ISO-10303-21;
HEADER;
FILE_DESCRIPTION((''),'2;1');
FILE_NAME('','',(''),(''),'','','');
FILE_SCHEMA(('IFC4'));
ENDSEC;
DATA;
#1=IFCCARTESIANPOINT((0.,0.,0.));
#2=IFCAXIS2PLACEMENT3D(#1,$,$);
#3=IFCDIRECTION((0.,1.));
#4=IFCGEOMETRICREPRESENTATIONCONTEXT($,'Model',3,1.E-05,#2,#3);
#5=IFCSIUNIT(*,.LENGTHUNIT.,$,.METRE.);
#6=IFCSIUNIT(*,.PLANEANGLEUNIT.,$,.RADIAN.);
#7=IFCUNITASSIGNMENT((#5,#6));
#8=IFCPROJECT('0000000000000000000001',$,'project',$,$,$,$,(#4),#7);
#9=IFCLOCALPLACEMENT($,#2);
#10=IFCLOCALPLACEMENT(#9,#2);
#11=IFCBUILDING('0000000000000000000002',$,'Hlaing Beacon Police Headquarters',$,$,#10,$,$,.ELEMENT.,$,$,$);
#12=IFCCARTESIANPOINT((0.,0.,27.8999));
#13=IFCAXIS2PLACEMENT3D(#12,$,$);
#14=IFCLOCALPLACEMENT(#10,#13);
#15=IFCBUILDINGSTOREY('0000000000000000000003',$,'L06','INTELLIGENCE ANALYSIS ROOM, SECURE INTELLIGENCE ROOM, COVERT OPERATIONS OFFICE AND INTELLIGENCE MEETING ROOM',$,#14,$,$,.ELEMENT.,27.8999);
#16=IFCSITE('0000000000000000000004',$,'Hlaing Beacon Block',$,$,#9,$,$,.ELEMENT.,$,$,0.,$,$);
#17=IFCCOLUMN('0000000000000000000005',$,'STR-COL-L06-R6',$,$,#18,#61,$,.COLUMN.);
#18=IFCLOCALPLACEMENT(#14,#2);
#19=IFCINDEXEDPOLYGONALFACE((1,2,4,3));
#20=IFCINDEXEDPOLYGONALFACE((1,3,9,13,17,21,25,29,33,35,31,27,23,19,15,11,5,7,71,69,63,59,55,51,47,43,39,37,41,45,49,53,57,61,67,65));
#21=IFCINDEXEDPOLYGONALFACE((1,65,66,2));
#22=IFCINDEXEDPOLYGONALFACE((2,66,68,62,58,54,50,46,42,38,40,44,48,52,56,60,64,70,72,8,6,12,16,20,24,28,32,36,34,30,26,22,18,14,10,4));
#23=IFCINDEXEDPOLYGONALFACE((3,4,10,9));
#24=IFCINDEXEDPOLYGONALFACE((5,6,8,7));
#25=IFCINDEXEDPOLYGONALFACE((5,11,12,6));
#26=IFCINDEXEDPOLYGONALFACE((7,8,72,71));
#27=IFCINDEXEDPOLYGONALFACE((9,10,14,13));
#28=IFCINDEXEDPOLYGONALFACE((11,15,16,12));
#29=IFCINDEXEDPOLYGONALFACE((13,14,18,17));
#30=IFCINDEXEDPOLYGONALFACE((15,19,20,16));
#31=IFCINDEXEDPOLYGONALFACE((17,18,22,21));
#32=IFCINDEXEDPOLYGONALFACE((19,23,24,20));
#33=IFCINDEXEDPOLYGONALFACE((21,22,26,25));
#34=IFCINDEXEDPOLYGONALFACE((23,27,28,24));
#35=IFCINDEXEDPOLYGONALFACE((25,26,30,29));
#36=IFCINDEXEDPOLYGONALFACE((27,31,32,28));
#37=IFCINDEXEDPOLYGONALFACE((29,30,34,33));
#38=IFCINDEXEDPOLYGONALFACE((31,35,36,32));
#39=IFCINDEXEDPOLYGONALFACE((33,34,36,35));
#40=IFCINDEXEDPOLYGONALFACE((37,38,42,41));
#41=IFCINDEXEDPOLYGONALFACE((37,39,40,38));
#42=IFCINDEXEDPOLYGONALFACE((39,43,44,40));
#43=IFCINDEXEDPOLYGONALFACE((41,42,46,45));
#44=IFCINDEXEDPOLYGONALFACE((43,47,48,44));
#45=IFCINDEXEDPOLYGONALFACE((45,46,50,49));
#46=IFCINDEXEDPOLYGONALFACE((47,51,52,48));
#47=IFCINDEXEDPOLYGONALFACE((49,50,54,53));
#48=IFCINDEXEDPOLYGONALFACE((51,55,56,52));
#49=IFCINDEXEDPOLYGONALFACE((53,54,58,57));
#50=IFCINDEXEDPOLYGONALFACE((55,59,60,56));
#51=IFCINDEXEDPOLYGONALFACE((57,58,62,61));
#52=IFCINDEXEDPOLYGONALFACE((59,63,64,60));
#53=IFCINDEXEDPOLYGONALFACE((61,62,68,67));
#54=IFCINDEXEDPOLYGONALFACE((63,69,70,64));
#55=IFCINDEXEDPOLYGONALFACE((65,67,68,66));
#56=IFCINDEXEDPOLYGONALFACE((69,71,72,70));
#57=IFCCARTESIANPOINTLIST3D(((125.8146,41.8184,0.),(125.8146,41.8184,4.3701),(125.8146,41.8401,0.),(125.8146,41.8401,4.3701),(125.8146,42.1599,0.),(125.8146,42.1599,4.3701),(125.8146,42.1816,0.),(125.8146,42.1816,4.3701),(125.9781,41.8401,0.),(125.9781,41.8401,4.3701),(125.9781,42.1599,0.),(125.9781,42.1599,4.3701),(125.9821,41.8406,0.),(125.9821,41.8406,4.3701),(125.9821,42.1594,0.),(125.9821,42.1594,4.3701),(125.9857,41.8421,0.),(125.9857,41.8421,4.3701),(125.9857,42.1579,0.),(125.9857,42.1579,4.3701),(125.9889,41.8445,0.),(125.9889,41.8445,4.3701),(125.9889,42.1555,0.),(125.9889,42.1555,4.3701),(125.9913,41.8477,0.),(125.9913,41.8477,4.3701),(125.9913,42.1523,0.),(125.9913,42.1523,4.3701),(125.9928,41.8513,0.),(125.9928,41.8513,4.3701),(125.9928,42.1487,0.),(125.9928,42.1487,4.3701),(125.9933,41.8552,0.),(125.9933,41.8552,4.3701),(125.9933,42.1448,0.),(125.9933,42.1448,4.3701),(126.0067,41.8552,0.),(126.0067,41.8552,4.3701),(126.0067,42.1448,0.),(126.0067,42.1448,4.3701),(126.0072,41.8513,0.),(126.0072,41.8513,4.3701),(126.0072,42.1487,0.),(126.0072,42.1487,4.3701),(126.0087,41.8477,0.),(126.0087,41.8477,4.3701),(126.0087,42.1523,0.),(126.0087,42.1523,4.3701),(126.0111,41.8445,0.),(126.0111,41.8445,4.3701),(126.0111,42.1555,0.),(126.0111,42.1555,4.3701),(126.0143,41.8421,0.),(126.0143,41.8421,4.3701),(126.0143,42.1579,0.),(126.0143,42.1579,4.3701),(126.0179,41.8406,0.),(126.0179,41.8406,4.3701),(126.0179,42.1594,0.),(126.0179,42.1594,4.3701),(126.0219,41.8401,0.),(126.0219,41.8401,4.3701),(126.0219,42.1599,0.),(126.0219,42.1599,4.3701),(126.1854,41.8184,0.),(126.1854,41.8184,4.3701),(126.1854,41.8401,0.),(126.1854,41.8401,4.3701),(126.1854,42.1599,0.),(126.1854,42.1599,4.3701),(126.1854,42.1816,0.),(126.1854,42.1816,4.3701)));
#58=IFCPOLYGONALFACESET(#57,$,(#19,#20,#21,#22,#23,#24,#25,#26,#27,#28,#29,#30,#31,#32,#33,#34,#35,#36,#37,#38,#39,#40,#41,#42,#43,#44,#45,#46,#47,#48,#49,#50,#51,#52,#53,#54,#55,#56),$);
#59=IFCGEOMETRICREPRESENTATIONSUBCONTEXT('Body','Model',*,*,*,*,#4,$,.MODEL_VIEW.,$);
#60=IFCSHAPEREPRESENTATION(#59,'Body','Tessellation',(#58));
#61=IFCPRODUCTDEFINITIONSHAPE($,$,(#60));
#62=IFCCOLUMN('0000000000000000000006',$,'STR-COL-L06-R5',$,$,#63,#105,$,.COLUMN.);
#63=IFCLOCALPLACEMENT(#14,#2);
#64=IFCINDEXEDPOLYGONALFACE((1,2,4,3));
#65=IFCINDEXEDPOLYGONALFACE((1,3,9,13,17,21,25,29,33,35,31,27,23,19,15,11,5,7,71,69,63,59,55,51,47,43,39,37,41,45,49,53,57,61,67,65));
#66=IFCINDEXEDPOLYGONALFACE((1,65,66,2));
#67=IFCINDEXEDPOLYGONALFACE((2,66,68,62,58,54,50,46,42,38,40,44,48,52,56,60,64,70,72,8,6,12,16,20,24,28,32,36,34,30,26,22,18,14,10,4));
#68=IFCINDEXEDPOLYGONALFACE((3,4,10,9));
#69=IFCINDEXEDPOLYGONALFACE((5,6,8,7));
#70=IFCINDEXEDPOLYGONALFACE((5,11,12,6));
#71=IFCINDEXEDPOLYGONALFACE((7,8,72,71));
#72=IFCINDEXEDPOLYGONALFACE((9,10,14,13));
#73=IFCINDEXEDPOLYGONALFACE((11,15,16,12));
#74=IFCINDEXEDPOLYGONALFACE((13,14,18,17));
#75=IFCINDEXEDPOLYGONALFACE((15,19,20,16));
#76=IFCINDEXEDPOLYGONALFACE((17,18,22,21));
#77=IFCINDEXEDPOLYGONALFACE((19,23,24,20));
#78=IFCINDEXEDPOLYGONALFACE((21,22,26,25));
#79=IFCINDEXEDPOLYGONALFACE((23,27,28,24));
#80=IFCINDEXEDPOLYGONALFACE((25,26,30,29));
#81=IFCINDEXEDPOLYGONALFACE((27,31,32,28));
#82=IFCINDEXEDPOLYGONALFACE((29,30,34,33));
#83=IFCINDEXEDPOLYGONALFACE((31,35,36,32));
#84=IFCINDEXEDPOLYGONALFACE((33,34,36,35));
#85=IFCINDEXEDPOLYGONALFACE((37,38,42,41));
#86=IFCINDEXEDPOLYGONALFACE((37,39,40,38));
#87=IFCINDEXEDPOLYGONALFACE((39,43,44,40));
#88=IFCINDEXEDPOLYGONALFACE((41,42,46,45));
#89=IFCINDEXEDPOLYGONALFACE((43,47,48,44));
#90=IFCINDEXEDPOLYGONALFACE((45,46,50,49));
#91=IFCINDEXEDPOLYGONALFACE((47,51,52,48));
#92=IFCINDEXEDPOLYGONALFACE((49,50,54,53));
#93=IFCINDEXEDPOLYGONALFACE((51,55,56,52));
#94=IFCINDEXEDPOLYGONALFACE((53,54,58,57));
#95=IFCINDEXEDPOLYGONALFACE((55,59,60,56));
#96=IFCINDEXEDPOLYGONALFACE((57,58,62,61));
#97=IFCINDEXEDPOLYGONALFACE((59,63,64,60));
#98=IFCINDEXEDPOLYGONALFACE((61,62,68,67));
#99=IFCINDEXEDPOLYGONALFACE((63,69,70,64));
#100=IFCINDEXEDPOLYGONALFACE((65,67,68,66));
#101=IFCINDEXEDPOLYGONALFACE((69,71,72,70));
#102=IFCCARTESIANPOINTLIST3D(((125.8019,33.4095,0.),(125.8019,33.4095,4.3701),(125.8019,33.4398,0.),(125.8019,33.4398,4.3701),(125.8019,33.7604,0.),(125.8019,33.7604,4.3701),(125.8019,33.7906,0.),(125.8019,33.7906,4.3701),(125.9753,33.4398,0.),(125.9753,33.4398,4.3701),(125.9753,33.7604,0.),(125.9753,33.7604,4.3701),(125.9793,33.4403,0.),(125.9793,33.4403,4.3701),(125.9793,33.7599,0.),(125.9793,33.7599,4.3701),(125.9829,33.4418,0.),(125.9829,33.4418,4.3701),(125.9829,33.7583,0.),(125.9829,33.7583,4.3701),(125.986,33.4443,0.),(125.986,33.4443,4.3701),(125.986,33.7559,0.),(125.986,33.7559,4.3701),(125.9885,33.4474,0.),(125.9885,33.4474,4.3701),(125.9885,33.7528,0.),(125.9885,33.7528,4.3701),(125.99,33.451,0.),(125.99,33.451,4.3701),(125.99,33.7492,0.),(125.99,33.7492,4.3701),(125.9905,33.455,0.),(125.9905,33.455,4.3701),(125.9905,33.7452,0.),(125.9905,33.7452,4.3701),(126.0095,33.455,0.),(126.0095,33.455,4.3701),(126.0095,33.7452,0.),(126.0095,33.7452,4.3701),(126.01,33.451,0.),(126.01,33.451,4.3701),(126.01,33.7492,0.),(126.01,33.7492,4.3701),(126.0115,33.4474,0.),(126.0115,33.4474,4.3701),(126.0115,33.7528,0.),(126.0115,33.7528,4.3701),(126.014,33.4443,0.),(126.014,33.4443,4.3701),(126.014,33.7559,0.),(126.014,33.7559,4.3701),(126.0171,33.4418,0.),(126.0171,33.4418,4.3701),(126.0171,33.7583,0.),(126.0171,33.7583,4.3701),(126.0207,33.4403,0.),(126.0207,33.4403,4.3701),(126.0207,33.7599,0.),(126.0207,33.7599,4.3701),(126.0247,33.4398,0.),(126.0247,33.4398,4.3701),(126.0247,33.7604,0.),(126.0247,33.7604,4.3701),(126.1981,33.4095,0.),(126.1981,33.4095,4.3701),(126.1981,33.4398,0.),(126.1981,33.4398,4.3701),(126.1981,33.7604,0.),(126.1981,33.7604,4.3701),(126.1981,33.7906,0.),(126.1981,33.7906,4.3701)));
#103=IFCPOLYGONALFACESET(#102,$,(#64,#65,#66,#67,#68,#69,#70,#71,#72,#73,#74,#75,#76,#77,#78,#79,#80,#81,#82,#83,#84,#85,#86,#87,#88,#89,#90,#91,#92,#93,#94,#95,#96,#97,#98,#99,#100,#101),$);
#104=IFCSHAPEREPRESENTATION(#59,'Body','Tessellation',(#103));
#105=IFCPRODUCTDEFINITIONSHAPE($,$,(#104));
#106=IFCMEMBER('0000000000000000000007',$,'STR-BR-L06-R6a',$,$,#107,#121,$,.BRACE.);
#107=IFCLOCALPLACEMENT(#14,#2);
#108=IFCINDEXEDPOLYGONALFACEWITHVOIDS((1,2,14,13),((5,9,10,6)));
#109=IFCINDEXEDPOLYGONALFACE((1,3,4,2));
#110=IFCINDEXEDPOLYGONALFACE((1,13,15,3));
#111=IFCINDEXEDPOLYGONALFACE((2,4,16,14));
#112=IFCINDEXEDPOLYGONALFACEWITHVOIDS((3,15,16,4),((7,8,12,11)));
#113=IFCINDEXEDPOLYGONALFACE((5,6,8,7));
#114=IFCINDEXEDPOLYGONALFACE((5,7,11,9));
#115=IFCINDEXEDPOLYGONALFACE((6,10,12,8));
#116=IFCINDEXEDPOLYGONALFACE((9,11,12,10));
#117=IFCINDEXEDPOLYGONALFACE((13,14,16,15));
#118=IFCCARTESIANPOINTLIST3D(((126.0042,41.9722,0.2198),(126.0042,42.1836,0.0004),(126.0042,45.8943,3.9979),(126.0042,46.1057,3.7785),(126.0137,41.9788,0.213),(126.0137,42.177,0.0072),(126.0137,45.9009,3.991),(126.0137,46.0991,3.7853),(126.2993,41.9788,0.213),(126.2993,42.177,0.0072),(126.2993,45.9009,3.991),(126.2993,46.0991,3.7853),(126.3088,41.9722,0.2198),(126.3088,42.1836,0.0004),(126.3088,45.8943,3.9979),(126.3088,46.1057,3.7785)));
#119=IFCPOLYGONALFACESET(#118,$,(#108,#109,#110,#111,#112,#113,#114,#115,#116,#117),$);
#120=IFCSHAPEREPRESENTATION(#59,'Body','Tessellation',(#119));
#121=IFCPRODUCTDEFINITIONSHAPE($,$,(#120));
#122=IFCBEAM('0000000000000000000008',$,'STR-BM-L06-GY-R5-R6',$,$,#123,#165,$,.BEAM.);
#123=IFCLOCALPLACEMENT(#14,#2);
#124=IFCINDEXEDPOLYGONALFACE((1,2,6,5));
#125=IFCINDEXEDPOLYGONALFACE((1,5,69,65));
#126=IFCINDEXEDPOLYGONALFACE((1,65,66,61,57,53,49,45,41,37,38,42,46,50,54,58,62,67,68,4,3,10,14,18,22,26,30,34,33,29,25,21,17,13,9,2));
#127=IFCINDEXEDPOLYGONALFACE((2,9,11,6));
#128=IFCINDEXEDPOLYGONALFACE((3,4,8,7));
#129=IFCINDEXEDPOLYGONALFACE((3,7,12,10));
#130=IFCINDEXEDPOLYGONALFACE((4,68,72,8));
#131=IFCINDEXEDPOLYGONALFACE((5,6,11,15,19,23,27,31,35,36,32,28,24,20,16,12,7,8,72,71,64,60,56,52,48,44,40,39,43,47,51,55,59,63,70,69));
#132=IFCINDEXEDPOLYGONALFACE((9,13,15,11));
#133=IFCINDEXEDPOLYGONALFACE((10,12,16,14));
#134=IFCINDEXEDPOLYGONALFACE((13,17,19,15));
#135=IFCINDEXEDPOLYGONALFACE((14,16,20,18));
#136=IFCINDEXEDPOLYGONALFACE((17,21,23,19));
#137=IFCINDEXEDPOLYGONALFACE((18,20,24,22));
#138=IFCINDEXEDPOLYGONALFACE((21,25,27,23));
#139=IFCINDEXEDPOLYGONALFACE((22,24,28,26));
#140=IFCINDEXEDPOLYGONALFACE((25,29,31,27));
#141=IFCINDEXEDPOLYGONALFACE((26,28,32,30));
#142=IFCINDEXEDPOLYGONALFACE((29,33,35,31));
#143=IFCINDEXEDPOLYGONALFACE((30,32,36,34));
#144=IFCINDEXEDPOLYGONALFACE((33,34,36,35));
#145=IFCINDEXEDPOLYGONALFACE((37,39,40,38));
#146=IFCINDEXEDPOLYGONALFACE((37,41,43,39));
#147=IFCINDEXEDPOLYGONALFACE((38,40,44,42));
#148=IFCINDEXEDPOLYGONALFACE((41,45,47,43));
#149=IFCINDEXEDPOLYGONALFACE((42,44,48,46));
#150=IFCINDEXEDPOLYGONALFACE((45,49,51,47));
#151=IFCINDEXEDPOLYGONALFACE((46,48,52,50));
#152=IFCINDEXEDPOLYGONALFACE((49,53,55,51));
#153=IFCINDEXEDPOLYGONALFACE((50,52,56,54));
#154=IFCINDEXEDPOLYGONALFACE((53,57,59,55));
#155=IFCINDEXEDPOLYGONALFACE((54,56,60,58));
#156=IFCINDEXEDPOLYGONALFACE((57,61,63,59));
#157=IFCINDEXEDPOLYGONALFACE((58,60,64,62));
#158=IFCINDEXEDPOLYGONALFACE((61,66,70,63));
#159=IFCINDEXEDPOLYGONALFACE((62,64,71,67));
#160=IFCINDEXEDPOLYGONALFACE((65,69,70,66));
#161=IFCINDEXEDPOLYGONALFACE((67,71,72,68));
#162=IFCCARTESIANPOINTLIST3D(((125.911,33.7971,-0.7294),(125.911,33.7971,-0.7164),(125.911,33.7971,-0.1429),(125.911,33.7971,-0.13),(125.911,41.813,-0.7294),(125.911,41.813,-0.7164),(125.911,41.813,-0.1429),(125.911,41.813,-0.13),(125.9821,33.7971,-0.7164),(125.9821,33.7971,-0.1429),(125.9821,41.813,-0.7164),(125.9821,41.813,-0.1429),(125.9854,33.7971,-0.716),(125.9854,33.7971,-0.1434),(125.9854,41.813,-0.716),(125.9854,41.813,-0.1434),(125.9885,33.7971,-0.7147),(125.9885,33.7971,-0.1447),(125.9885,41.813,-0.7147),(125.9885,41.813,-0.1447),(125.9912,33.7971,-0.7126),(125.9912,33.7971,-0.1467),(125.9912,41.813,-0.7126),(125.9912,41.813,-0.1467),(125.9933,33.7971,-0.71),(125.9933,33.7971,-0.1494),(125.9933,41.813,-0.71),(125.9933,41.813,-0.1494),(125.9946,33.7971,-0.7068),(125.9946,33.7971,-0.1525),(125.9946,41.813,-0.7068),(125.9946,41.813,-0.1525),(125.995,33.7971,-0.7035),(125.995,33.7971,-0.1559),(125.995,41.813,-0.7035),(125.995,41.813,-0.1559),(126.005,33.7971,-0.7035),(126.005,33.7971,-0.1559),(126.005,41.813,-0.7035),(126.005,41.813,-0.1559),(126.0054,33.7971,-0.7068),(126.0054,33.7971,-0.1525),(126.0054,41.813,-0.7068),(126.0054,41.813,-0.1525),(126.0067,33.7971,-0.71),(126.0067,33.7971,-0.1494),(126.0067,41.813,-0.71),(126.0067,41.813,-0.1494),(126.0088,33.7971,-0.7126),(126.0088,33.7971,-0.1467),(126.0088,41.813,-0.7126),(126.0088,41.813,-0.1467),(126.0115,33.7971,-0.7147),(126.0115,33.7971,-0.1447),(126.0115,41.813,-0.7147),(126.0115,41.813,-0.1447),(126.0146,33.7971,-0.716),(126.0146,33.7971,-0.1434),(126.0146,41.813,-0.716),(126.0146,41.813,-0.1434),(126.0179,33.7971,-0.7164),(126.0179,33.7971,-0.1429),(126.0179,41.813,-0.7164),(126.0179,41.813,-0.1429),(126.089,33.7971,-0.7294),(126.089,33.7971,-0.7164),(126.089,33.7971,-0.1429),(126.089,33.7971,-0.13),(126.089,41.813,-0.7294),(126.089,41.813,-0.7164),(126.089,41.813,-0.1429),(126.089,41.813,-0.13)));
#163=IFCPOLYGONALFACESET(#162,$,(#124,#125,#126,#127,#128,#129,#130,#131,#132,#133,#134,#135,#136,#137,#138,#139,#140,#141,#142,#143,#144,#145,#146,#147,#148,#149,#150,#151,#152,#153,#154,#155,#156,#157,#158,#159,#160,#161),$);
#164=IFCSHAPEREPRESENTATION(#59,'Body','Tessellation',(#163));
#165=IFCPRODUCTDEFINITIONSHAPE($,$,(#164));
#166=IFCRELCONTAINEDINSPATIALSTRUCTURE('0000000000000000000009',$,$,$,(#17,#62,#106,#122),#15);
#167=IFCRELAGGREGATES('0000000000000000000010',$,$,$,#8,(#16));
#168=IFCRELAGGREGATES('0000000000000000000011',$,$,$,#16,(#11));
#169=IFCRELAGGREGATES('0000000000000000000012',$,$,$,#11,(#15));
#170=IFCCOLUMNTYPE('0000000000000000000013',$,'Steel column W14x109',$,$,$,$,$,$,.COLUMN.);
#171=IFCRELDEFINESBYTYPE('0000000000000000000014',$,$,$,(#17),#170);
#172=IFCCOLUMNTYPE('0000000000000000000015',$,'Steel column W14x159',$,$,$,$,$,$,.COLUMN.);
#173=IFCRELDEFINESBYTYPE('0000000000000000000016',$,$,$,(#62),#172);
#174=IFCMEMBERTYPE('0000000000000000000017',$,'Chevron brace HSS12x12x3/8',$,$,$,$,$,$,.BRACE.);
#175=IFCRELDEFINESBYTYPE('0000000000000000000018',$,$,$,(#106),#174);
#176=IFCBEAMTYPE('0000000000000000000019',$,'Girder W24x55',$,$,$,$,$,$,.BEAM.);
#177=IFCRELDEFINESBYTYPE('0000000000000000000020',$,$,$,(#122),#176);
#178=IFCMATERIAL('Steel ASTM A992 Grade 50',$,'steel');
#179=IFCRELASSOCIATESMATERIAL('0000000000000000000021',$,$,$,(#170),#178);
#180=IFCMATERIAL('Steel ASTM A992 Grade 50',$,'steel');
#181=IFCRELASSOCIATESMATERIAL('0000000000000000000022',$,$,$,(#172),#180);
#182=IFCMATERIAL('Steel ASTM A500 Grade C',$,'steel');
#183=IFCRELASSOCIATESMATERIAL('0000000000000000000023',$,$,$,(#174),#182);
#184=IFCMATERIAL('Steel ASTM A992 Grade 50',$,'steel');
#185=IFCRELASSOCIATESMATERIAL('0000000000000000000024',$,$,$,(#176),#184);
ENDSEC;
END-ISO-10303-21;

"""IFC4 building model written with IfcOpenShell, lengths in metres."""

from ifc_helpers import new_model, si_unit, direction, frame, origin, origin_2d, place, context, subcontext, project, spatial, hollow_rectangle, i_section, extrude, material, material_profile, profile_set, type_object, element, save


model = new_model("IFC4")

# Units and contexts
model_context = context("Model", 3, precision=1e-05, world=origin(), true_north=direction((0.0, 1.0)))
body_context = subcontext(model_context, "Body", "Model", "MODEL_VIEW")
ifc_project = project(units=[si_unit("LENGTHUNIT", "METRE"), si_unit("PLANEANGLEUNIT", "RADIAN")], contexts=[model_context])

# Site, building, storey
site_placement = place(None, origin())
site = spatial("IfcSite", under=ifc_project, at=site_placement, Name="Hlaing Beacon Block", CompositionType="ELEMENT", RefElevation=0.0)
building_placement = place(site_placement, origin())
building = spatial("IfcBuilding", under=site, at=building_placement, Name="Hlaing Beacon Police Headquarters", CompositionType="ELEMENT")
storey_placement = place(building_placement, frame((0.0, 0.0, 27.8999)))
storey = spatial("IfcBuildingStorey", under=building, at=storey_placement, Name="L06", Description="INTELLIGENCE ANALYSIS ROOM, SECURE INTELLIGENCE ROOM, COVERT OPERATIONS OFFICE AND INTELLIGENCE MEETING ROOM", CompositionType="ELEMENT", Elevation=27.8999)

# Columns
ifc_material_1 = material(Name="Steel ASTM A992 Grade 50", Category="steel")
ifc_material_profile_1 = material_profile(ifc_material_1, i_section(OverallWidth=0.3708, OverallDepth=0.3633, WebThickness=0.0134, FlangeThickness=0.0217, FilletRadius=0.0151, at=origin_2d()), Name="W14x109")
ifc_profile_set_1 = profile_set([ifc_material_profile_1], Name="Steel ASTM A992 Grade 50")
column_type_1 = type_object("IfcColumnType", Name="Steel column W14x109", PredefinedType="COLUMN", material=ifc_profile_set_1)
column_1_placement = place(storey_placement, frame((126.0, 42.0, 0.0), z_axis=(0.0, 0.0, 1.0), x_axis=(1.0, 0.0, 0.0)))
element("IfcColumn", 1, at=column_1_placement, inside=storey, type_object=column_type_1, Name="STR-COL-L06-R6", PredefinedType="COLUMN", context=body_context, shape_type="SweptSolid", body=[
    extrude(i_section(OverallWidth=0.3708, OverallDepth=0.3633, WebThickness=0.0134, FlangeThickness=0.0217, FilletRadius=0.0151, at=origin_2d()), origin(), (0.0, 0.0, 1.0), 4.3701),
])
ifc_material_2 = material(Name="Steel ASTM A992 Grade 50", Category="steel")
ifc_material_profile_2 = material_profile(ifc_material_2, i_section(OverallWidth=0.3962, OverallDepth=0.3811, WebThickness=0.019, FlangeThickness=0.0303, FilletRadius=0.0151, at=origin_2d()), Name="W14x159")
ifc_profile_set_2 = profile_set([ifc_material_profile_2], Name="Steel ASTM A992 Grade 50")
column_type_2 = type_object("IfcColumnType", Name="Steel column W14x159", PredefinedType="COLUMN", material=ifc_profile_set_2)
column_2_placement = place(storey_placement, frame((126.0, 33.6001, 0.0), z_axis=(0.0, 0.0, 1.0), x_axis=(1.0, 0.0, 0.0)))
element("IfcColumn", 2, at=column_2_placement, inside=storey, type_object=column_type_2, Name="STR-COL-L06-R5", PredefinedType="COLUMN", context=body_context, shape_type="SweptSolid", body=[
    extrude(i_section(OverallWidth=0.3962, OverallDepth=0.3811, WebThickness=0.019, FlangeThickness=0.0303, FilletRadius=0.0151, at=origin_2d()), origin(), (0.0, 0.0, 1.0), 4.3701),
])

# Member
ifc_material_3 = material(Name="Steel ASTM A500 Grade C", Category="steel")
ifc_material_profile_3 = material_profile(ifc_material_3, hollow_rectangle(XDim=0.3047, YDim=0.3047, WallThickness=0.0095, at=origin_2d()), Name="HSS12x12x3/8")
ifc_profile_set_3 = profile_set([ifc_material_profile_3], Name="Steel ASTM A500 Grade C")
member_type_1 = type_object("IfcMemberType", Name="Chevron brace HSS12x12x3/8", PredefinedType="BRACE", material=ifc_profile_set_3)
member_1_placement = place(storey_placement, frame((126.1565, 42.0779, 0.1101), z_axis=(0.0, 0.720208, 0.693758), x_axis=(-1.0, 0.0, 0.0)))
element("IfcMember", 3, at=member_1_placement, inside=storey, type_object=member_type_1, Name="STR-BR-L06-R6a", PredefinedType="BRACE", context=body_context, shape_type="SweptSolid", body=[
    extrude(hollow_rectangle(XDim=0.3047, YDim=0.3047, WallThickness=0.0095, at=origin_2d()), origin(), (0.0, 0.0, 1.0), 5.4458),
])

# Beam
ifc_material_4 = material(Name="Steel ASTM A992 Grade 50", Category="steel")
ifc_material_profile_4 = material_profile(ifc_material_4, i_section(OverallWidth=0.178, OverallDepth=0.5994, WebThickness=0.01, FlangeThickness=0.0129, FilletRadius=0.0129, at=origin_2d()), Name="W24x55")
ifc_profile_set_4 = profile_set([ifc_material_profile_4], Name="Steel ASTM A992 Grade 50")
beam_type_1 = type_object("IfcBeamType", Name="Girder W24x55", PredefinedType="BEAM", material=ifc_profile_set_4)
beam_1_placement = place(storey_placement, frame((126.0, 33.7971, -0.4297), z_axis=(0.0, 1.0, 0.0), x_axis=(-1.0, 0.0, 0.0)))
element("IfcBeam", 4, at=beam_1_placement, inside=storey, type_object=beam_type_1, Name="STR-BM-L06-GY-R5-R6", PredefinedType="BEAM", context=body_context, shape_type="SweptSolid", body=[
    extrude(i_section(OverallWidth=0.178, OverallDepth=0.5994, WebThickness=0.01, FlangeThickness=0.0129, FilletRadius=0.0129, at=origin_2d()), origin(), (0.0, 0.0, 1.0), 8.0159),
])

save(model, "model.ifc")
